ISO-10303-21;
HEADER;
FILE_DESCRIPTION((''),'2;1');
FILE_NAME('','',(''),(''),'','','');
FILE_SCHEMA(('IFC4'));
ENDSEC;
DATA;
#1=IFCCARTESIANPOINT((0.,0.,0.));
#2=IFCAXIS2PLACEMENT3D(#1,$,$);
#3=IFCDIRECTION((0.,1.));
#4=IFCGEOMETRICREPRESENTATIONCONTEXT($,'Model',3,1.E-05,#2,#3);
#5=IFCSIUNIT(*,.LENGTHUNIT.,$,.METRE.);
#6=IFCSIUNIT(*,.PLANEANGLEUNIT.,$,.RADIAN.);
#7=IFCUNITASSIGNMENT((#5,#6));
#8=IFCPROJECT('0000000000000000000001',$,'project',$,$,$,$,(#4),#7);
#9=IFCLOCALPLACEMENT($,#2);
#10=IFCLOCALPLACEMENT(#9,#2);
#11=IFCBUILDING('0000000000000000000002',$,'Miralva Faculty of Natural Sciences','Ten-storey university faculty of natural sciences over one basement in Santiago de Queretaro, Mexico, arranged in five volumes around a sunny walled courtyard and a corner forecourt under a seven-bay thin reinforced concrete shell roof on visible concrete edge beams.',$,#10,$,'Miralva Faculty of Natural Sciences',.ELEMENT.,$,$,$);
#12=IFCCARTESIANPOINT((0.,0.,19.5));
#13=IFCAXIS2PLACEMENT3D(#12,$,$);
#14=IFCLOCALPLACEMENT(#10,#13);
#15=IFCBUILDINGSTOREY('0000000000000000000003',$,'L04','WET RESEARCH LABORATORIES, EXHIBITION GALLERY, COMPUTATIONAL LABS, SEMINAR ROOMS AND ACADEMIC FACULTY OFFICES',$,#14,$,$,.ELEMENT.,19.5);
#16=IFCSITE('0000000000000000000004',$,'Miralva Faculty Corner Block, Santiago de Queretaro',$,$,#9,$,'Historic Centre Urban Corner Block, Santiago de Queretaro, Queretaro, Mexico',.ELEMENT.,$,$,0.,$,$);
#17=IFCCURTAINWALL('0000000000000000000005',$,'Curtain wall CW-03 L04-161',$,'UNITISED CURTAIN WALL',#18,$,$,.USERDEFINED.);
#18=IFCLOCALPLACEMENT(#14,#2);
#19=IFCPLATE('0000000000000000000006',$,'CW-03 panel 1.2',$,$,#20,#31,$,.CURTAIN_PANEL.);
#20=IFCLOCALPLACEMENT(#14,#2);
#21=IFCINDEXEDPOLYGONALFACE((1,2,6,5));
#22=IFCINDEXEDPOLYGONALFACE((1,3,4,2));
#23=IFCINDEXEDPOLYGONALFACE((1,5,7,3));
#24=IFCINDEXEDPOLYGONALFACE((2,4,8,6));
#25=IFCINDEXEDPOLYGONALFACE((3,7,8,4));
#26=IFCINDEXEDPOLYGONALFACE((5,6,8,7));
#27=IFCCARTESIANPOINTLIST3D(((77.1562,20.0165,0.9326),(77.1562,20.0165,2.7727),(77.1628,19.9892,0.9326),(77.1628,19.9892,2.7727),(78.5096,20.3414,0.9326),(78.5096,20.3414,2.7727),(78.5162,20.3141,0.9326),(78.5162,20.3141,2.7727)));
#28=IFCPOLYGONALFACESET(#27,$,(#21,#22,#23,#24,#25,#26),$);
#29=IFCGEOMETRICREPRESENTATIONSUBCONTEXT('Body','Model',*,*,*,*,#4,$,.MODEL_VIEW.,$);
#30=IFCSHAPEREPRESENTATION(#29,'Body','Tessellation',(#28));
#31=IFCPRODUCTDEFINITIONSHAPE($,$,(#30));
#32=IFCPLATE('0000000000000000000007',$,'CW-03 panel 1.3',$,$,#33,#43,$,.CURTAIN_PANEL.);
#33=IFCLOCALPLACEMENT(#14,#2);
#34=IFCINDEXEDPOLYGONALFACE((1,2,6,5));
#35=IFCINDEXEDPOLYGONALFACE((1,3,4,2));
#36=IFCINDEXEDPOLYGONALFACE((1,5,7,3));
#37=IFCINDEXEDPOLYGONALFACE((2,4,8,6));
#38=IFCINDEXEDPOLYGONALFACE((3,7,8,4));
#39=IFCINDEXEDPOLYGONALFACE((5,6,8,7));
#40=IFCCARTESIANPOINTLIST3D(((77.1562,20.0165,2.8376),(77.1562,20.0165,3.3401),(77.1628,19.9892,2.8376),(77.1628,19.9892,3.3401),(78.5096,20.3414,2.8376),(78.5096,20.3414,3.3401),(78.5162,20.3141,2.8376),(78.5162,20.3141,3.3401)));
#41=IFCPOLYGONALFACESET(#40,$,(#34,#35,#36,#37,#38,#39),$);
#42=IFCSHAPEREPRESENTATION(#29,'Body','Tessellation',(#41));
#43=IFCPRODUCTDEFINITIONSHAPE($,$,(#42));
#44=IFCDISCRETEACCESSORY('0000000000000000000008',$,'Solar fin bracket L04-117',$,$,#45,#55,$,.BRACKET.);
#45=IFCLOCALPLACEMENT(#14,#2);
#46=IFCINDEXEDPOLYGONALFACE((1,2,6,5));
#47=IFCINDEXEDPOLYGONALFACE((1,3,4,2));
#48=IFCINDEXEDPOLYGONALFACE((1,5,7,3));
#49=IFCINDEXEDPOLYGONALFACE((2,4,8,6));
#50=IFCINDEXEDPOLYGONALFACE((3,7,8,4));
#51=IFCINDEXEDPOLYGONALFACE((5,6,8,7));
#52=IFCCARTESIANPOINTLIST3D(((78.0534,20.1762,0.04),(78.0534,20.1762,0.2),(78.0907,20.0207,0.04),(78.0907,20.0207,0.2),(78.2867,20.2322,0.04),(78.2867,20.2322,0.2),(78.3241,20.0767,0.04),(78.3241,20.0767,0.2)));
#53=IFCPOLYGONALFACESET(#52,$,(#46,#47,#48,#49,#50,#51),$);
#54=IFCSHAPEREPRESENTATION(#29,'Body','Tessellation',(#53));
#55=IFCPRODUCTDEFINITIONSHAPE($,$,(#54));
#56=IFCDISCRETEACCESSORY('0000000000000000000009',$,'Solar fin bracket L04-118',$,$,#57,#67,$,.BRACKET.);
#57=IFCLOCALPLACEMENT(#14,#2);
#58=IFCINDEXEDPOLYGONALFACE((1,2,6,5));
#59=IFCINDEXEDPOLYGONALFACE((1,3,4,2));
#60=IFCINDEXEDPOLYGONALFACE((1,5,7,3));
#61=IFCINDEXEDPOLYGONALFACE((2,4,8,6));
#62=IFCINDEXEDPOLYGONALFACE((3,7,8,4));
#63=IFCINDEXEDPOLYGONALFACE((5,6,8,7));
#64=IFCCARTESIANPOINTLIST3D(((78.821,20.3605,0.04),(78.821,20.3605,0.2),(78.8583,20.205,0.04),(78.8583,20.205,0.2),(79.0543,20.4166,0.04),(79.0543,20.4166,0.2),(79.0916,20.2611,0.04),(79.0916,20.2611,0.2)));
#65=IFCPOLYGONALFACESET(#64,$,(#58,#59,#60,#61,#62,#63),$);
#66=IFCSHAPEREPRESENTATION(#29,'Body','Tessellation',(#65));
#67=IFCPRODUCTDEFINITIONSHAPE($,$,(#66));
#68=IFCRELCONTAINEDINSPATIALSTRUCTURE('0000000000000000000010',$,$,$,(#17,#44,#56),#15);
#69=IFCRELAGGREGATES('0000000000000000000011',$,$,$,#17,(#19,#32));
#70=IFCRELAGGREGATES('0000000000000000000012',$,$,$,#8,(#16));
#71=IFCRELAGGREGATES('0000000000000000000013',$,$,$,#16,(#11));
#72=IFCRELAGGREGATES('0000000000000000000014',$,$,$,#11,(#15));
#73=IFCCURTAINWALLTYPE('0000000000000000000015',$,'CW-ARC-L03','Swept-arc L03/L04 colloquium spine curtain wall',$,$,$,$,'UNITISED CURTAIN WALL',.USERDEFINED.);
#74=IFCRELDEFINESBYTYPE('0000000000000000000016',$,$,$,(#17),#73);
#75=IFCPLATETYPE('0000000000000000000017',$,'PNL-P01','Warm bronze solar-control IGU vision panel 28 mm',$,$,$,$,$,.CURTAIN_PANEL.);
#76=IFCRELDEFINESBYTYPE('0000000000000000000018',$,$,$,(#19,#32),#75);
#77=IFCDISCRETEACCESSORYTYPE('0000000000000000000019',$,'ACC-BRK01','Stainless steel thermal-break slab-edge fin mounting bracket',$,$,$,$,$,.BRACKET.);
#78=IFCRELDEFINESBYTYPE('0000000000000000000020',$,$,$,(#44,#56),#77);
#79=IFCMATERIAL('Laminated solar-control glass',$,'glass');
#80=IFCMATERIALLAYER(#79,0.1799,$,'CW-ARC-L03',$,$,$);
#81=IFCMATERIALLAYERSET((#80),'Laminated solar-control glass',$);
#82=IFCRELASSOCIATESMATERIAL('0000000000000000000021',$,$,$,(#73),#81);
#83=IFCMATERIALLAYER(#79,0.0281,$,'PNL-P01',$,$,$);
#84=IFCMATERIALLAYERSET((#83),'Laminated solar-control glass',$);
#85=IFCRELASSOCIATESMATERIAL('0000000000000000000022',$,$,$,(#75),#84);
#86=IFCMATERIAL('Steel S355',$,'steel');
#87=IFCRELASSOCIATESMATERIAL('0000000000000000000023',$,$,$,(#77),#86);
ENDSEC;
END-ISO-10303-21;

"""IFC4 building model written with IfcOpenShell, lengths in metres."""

from ifc_helpers import new_model, si_unit, direction, frame, origin, origin_2d, place, context, subcontext, project, spatial, rectangle, extrude, material, layer, layer_set, type_object, element, aggregate, save


model = new_model("IFC4")

# Units and contexts
model_context = context("Model", 3, precision=1e-05, world=origin(), true_north=direction((0.0, 1.0)))
body_context = subcontext(model_context, "Body", "Model", "MODEL_VIEW")
ifc_project = project(units=[si_unit("LENGTHUNIT", "METRE"), si_unit("PLANEANGLEUNIT", "RADIAN")], contexts=[model_context])

# Site, building, storey
site_placement = place(None, origin())
site = spatial("IfcSite", under=ifc_project, at=site_placement, Name="Miralva Faculty Corner Block, Santiago de Queretaro", LongName="Historic Centre Urban Corner Block, Santiago de Queretaro, Queretaro, Mexico", CompositionType="ELEMENT", RefElevation=0.0)
building_placement = place(site_placement, origin())
building = spatial("IfcBuilding", under=site, at=building_placement, Name="Miralva Faculty of Natural Sciences", Description="Ten-storey university faculty of natural sciences over one basement in Santiago de Queretaro, Mexico, arranged in five volumes around a sunny walled courtyard and a corner forecourt under a seven-bay thin reinforced concrete shell roof on visible concrete edge beams.", LongName="Miralva Faculty of Natural Sciences", CompositionType="ELEMENT")
storey_placement = place(building_placement, frame((0.0, 0.0, 19.5)))
storey = spatial("IfcBuildingStorey", under=building, at=storey_placement, Name="L04", Description="WET RESEARCH LABORATORIES, EXHIBITION GALLERY, COMPUTATIONAL LABS, SEMINAR ROOMS AND ACADEMIC FACULTY OFFICES", CompositionType="ELEMENT", Elevation=19.5)

# Curtain wall
ifc_material_1 = material(Name="Laminated solar-control glass", Category="glass")
ifc_layer_1 = layer(ifc_material_1, 0.1799, Name="CW-ARC-L03")
ifc_layer_set_1 = layer_set([ifc_layer_1], Name="Laminated solar-control glass")
curtain_wall_type = type_object("IfcCurtainWallType", Name="CW-ARC-L03", Description="Swept-arc L03/L04 colloquium spine curtain wall", ElementType="UNITISED CURTAIN WALL", PredefinedType="USERDEFINED", material=ifc_layer_set_1)
curtain_wall_1_placement = place(storey_placement, origin())
curtain_wall_1 = element("IfcCurtainWall", 1, at=curtain_wall_1_placement, inside=storey, type_object=curtain_wall_type, Name="Curtain wall CW-03 L04-161", ObjectType="UNITISED CURTAIN WALL", PredefinedType="USERDEFINED")

# Plates
ifc_layer_2 = layer(ifc_material_1, 0.0281, Name="PNL-P01")
ifc_layer_set_2 = layer_set([ifc_layer_2], Name="Laminated solar-control glass")
plate_type = type_object("IfcPlateType", Name="PNL-P01", Description="Warm bronze solar-control IGU vision panel 28 mm", PredefinedType="CURTAIN_PANEL", material=ifc_layer_set_2)
plate_1_placement = place(storey_placement, frame((77.8362, 20.1653, 0.9326), z_axis=(0.0, 0.0, 1.0), x_axis=(0.972367, 0.233457, 0.0)))
plate_1 = element("IfcPlate", 2, at=plate_1_placement, type_object=plate_type, Name="CW-03 panel 1.2", PredefinedType="CURTAIN_PANEL", context=body_context, shape_type="SweptSolid", body=[
    extrude(rectangle(XDim=1.3918, YDim=0.0281, at=origin_2d()), origin(), (0.0, 0.0, 1.0), 1.8401),
])
plate_2_placement = place(storey_placement, frame((77.8362, 20.1653, 2.8376), z_axis=(0.0, 0.0, 1.0), x_axis=(0.972367, 0.233457, 0.0)))
plate_2 = element("IfcPlate", 3, at=plate_2_placement, type_object=plate_type, Name="CW-03 panel 1.3", PredefinedType="CURTAIN_PANEL", context=body_context, shape_type="SweptSolid", body=[
    extrude(rectangle(XDim=1.3918, YDim=0.0281, at=origin_2d()), origin(), (0.0, 0.0, 1.0), 0.5024),
])
aggregate(curtain_wall_1, [plate_1, plate_2])

# Discrete accessories
ifc_material_2 = material(Name="Steel S355", Category="steel")
discrete_accessory_type = type_object("IfcDiscreteAccessoryType", Name="ACC-BRK01", Description="Stainless steel thermal-break slab-edge fin mounting bracket", PredefinedType="BRACKET", material=ifc_material_2)
for number, where, z_axis, x_axis, name in (
    (4, (78.1887, 20.1265, 0.04), (0.0, 0.0, 1.0), (0.233445, -0.97237, 0.0), "Solar fin bracket L04-117"),
    (5, (78.9563, 20.3108, 0.04), (0.0, 0.0, 1.0), (0.233445, -0.97237, 0.0), "Solar fin bracket L04-118"),
):
    element("IfcDiscreteAccessory", number, at=place(storey_placement, frame(where, z_axis=z_axis, x_axis=x_axis)), inside=storey, type_object=discrete_accessory_type, Name=name, PredefinedType="BRACKET", context=body_context, shape_type="SweptSolid", body=[
        extrude(rectangle(XDim=0.1599, YDim=0.24, at=origin_2d()), origin(), (0.0, 0.0, 1.0), 0.1599),
    ])

save(model, "model.ifc")
